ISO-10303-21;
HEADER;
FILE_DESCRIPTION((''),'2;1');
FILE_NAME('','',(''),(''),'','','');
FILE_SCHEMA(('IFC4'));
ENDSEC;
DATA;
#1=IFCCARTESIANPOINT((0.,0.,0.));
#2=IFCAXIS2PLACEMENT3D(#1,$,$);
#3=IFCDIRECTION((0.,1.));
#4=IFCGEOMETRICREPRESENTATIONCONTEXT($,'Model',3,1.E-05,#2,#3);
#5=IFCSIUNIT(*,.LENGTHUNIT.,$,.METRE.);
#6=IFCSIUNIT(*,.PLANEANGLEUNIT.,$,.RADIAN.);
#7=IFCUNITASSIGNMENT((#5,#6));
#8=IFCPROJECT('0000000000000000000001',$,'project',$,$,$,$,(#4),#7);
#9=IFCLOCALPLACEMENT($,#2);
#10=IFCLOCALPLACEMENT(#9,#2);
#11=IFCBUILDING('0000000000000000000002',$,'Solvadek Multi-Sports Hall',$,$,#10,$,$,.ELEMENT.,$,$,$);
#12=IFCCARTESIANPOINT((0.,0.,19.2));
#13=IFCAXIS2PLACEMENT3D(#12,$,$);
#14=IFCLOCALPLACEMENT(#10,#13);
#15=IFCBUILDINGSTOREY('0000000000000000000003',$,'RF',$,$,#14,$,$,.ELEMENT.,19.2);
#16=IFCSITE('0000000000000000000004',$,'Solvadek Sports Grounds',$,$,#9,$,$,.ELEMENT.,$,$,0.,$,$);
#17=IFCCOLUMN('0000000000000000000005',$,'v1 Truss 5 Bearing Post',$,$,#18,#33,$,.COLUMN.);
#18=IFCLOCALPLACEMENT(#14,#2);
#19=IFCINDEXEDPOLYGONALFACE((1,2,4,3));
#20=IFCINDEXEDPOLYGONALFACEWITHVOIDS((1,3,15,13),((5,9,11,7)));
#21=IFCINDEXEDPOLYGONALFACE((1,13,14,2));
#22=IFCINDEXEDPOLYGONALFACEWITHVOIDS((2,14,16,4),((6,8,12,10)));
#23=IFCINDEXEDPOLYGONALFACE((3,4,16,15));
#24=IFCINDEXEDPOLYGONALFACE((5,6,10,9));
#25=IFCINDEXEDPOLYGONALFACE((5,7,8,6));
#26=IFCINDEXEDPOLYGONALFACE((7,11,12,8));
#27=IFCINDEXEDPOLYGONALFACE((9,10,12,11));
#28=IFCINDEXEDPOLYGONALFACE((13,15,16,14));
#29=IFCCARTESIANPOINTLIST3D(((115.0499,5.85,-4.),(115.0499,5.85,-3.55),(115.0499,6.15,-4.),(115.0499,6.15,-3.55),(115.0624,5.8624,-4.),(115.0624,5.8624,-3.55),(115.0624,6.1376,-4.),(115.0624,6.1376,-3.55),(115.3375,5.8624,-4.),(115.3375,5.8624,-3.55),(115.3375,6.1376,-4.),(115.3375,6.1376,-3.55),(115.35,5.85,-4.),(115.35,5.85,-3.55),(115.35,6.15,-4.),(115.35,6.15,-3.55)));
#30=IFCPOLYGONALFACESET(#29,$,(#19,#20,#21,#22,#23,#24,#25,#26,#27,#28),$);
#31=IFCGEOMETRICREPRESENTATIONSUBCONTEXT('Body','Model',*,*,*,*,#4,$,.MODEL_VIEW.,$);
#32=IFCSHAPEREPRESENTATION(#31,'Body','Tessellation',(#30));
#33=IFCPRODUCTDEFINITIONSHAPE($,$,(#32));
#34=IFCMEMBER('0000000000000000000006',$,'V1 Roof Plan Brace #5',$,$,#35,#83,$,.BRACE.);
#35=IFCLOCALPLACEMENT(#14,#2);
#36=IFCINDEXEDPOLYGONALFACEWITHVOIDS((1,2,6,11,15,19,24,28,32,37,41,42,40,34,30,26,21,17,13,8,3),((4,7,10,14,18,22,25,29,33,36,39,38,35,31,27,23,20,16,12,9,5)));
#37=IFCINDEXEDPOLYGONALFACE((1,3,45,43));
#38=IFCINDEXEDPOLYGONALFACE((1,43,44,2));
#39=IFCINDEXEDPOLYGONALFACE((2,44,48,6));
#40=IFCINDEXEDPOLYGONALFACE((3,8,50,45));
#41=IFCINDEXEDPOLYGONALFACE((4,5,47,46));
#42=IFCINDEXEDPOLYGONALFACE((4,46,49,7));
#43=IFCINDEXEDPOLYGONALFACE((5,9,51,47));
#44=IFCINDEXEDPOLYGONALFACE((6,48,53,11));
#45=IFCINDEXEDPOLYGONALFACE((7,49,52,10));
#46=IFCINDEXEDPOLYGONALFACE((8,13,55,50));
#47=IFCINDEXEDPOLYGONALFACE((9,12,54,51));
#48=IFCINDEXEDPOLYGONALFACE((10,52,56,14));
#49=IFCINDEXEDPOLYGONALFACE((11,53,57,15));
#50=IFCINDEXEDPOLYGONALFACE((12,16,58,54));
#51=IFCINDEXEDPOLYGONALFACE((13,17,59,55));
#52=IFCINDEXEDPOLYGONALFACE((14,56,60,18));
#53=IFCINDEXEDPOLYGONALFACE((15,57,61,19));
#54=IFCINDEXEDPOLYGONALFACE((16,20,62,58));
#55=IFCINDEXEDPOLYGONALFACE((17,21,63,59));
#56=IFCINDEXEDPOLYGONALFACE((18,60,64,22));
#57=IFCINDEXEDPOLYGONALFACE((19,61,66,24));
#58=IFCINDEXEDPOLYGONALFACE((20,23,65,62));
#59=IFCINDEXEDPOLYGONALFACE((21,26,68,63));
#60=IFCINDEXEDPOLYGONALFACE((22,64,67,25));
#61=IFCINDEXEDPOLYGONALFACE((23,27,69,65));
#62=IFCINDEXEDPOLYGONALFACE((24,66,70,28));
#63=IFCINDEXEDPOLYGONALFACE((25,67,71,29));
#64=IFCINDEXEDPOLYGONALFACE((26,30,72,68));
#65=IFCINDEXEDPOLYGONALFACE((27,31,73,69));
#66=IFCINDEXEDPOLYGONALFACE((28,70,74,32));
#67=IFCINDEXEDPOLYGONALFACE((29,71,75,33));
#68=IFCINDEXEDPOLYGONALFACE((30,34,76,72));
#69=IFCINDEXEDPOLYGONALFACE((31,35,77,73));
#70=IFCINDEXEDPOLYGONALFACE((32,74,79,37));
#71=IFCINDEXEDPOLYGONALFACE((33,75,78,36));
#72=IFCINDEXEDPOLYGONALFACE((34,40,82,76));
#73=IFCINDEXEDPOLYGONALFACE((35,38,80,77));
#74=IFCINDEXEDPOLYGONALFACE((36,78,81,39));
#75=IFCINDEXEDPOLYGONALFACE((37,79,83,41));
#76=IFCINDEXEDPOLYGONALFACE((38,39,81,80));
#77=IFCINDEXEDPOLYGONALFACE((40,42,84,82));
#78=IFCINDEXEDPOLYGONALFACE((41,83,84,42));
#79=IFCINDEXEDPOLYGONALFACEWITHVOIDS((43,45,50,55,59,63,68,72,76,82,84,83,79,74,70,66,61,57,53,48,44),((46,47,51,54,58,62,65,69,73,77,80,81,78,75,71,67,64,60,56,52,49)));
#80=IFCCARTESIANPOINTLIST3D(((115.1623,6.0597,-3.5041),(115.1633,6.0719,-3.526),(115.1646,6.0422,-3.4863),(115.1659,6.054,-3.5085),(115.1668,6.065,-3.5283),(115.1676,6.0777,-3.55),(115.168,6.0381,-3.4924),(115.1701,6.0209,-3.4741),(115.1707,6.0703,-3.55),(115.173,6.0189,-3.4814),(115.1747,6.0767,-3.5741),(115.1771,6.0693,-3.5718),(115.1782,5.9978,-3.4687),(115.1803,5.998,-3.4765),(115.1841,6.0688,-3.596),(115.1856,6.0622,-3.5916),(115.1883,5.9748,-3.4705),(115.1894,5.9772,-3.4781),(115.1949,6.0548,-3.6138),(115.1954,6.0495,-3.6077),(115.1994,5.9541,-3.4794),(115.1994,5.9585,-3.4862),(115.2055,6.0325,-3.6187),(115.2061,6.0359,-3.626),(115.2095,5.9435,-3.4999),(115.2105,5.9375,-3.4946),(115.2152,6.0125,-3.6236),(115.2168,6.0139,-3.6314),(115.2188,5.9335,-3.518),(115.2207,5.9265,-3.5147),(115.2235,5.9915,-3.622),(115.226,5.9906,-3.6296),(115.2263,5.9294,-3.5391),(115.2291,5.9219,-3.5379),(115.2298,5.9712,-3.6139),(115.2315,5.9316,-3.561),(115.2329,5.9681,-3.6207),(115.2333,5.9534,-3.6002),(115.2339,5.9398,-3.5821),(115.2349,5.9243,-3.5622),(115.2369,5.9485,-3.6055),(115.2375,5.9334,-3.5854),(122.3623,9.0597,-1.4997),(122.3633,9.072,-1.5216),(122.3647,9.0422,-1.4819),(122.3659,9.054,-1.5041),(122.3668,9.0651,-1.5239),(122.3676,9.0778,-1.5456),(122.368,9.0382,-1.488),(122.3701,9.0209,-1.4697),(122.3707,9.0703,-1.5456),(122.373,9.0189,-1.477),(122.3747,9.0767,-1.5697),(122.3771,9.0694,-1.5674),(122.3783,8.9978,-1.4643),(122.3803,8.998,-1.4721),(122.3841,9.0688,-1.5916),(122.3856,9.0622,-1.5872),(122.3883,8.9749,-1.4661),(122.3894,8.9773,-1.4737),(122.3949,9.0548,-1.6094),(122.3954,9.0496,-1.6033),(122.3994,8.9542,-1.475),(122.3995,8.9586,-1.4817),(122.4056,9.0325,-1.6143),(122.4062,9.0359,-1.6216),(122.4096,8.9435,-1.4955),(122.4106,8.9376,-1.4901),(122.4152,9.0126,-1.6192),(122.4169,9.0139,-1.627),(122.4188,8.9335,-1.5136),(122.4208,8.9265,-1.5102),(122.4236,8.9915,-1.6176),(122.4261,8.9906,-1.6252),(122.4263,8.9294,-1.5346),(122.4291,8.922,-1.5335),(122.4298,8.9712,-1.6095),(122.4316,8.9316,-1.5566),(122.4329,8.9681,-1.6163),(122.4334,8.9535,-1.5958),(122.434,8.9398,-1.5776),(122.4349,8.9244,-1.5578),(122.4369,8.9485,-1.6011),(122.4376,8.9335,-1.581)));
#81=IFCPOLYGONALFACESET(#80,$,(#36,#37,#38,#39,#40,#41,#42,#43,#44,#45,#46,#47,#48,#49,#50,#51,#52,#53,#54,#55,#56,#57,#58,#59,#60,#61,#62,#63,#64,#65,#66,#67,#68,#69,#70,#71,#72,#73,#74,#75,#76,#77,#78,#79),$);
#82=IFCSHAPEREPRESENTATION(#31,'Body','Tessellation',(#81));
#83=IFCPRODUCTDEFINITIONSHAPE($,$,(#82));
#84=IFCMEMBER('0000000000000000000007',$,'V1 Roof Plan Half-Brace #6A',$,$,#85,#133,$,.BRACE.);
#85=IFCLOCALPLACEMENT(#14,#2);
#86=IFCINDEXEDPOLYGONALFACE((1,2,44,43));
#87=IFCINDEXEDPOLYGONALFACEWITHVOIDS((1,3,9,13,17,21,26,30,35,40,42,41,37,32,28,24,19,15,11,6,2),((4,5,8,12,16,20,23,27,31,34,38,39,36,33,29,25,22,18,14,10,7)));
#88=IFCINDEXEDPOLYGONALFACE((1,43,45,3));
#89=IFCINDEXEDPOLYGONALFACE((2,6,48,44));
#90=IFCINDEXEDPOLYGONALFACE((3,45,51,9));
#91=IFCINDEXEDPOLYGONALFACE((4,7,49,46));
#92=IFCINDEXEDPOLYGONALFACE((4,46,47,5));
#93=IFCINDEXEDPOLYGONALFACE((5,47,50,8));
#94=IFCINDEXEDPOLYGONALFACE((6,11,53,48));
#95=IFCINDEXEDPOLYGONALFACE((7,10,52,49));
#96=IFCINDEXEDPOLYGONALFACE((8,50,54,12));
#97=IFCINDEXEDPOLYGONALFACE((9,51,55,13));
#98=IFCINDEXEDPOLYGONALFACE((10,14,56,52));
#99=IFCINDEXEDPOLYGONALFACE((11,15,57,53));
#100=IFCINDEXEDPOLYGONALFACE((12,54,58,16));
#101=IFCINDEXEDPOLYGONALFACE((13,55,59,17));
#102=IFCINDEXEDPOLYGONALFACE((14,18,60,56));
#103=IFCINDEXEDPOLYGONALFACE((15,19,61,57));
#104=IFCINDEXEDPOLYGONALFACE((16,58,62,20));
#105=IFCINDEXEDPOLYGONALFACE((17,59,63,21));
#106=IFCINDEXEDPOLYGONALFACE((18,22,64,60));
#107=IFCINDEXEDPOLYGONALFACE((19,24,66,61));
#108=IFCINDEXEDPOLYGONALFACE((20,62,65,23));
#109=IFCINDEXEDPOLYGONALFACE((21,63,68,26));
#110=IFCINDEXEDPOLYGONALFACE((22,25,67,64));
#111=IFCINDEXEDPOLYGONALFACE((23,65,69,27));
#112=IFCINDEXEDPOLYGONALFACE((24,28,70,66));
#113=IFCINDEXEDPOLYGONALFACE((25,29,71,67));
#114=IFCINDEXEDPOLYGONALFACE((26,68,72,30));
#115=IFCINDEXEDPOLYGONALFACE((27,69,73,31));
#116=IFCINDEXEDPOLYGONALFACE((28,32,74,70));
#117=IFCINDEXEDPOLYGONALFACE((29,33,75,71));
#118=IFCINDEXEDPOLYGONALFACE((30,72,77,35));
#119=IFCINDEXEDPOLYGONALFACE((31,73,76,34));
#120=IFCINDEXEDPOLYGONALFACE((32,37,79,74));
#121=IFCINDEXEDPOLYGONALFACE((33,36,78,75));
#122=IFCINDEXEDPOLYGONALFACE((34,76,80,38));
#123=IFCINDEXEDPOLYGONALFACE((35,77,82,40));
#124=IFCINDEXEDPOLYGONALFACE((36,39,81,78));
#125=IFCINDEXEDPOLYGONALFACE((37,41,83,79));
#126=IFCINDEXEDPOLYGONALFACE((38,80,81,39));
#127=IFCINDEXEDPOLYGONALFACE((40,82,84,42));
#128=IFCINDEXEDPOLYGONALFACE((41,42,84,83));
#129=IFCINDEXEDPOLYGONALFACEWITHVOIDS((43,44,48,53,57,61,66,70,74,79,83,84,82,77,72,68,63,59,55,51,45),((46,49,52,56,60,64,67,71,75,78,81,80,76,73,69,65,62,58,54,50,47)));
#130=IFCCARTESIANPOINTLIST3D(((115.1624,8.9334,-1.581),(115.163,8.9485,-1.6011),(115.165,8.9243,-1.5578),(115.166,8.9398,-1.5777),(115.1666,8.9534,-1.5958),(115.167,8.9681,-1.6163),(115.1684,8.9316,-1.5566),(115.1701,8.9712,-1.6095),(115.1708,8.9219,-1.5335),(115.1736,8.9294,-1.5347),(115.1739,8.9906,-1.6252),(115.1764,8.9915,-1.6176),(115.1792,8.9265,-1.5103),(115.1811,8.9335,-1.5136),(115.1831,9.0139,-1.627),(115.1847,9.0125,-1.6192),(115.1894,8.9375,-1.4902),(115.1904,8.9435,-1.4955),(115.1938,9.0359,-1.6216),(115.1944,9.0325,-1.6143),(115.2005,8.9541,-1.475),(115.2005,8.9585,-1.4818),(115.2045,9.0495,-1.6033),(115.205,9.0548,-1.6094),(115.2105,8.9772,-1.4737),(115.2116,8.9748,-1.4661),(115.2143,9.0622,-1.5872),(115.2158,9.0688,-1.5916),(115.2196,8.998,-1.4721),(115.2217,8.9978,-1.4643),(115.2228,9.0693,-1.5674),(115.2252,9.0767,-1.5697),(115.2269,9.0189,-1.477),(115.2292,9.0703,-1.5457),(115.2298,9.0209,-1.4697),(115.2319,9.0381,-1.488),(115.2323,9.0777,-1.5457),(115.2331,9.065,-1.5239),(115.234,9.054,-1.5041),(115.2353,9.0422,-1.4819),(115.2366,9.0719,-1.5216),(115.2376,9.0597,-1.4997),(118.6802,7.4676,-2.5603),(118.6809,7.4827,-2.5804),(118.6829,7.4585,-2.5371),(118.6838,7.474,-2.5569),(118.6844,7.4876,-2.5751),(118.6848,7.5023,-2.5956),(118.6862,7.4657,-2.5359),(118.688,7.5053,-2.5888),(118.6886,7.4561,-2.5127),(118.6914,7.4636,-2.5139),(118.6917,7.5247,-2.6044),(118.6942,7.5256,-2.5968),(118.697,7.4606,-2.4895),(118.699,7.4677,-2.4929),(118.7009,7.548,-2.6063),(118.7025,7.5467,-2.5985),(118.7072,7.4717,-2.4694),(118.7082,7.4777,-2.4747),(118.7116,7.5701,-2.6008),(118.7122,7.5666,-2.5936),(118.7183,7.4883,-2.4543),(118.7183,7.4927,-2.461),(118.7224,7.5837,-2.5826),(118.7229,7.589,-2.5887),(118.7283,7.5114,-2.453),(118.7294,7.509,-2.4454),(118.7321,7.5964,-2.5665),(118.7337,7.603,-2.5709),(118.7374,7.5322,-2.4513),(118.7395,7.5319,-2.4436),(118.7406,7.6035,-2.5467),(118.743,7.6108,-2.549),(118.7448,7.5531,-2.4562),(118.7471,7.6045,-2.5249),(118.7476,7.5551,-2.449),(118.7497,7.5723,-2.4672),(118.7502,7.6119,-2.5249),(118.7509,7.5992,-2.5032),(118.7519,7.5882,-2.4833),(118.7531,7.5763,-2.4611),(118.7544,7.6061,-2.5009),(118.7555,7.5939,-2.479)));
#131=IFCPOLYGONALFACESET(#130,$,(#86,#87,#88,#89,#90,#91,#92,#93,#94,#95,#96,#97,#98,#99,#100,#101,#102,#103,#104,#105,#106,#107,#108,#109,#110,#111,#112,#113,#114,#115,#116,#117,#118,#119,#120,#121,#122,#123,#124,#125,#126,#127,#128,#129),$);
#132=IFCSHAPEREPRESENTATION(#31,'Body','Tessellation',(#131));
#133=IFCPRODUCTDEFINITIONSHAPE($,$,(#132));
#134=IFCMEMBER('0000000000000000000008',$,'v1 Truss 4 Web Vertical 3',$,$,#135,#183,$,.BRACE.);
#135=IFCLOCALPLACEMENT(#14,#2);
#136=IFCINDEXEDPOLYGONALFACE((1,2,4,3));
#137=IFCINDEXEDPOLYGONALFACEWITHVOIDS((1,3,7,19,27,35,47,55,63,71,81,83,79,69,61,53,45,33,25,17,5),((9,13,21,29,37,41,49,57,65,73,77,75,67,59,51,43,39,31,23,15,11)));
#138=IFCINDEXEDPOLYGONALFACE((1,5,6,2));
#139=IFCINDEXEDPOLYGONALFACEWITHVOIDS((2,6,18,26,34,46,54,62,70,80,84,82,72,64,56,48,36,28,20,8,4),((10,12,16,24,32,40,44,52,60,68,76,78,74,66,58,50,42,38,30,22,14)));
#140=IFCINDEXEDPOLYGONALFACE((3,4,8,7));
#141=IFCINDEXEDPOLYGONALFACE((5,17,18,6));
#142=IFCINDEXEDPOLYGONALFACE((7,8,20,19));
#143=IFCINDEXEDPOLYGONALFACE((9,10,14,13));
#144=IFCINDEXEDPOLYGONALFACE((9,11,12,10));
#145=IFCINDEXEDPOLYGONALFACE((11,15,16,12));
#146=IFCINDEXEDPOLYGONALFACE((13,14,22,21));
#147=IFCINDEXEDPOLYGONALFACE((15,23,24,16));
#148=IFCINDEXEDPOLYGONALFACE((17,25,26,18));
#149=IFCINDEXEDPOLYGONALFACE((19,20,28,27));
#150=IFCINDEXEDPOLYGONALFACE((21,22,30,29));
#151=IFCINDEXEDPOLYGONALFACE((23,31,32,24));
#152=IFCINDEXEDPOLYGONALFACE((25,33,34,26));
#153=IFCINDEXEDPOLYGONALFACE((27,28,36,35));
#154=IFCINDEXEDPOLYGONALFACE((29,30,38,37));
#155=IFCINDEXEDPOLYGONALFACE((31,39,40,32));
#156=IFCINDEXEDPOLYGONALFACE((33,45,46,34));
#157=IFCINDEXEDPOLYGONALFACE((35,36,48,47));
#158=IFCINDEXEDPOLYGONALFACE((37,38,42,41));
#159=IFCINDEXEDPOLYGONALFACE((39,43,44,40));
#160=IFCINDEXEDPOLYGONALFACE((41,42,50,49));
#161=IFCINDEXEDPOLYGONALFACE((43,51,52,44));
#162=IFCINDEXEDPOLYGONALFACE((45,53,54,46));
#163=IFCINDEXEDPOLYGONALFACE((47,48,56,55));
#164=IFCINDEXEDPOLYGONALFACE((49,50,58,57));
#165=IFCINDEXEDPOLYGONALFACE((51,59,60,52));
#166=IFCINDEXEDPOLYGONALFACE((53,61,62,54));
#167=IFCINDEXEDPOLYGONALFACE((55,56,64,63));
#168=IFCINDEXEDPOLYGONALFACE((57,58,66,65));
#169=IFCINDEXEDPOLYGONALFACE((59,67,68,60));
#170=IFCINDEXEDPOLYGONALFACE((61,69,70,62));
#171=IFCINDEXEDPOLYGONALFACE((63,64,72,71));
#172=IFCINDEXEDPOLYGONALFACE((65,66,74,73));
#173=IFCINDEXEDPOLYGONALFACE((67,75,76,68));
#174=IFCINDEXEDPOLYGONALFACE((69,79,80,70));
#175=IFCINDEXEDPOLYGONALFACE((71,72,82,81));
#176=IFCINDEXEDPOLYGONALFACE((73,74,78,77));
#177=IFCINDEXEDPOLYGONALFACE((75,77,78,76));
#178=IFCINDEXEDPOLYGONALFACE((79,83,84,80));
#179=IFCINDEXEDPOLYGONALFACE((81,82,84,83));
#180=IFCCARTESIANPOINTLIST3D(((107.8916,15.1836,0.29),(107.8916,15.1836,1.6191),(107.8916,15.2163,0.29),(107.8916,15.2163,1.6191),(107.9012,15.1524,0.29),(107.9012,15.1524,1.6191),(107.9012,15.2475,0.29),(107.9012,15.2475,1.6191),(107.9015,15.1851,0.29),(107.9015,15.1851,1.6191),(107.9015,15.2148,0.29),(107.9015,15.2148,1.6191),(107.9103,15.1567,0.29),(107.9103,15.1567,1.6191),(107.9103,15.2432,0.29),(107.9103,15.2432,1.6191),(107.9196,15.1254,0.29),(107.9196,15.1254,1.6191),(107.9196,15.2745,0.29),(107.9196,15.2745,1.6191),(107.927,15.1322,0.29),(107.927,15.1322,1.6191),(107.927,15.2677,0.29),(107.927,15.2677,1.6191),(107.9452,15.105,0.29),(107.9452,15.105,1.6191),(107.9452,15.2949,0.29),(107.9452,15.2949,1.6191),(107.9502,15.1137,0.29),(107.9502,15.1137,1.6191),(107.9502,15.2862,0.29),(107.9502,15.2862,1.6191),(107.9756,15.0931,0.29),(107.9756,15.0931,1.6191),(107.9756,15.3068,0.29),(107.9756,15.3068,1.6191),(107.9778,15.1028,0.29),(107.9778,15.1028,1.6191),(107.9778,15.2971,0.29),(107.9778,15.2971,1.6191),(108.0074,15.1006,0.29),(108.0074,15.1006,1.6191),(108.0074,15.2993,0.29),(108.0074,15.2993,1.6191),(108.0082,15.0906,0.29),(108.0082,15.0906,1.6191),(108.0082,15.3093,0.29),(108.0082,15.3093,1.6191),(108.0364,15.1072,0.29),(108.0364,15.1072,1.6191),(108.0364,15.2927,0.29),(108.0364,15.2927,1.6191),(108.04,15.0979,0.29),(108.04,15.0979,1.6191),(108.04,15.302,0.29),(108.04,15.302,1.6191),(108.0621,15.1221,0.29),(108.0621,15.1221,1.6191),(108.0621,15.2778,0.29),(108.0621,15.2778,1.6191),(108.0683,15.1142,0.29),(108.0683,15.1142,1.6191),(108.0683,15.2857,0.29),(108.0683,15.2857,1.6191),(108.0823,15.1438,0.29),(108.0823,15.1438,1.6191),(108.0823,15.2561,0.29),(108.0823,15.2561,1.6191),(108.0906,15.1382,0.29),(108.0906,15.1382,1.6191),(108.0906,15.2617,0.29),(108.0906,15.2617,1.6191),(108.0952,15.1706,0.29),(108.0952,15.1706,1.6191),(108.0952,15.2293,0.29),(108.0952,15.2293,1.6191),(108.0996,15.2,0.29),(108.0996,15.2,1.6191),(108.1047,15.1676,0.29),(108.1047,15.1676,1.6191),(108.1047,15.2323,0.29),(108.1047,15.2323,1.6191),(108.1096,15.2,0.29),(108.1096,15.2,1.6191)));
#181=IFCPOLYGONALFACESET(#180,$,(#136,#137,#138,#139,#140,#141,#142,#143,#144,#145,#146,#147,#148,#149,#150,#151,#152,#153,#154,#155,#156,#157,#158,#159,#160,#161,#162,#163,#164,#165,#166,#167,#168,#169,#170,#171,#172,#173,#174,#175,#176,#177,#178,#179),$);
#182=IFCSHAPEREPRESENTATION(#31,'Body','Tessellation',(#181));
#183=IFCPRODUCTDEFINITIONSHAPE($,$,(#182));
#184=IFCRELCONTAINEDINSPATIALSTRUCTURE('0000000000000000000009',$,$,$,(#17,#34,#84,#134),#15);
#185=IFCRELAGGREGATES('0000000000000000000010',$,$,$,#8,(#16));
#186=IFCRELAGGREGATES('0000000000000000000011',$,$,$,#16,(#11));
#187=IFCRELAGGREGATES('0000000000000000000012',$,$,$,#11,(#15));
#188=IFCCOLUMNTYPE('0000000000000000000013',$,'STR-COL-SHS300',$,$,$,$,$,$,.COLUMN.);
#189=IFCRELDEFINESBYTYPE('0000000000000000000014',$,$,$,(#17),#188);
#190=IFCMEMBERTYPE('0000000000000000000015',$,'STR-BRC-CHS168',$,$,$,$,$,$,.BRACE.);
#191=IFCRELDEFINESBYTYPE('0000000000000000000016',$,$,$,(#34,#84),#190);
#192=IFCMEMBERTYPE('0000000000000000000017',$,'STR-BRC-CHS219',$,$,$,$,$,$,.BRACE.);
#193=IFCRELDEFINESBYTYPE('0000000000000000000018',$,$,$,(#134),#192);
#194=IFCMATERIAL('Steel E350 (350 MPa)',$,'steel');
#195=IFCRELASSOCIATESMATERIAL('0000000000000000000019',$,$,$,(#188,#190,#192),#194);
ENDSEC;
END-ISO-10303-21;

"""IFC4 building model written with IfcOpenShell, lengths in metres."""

from ifc_helpers import new_model, si_unit, direction, frame, origin, origin_2d, place, context, subcontext, project, spatial, hollow_rectangle, hollow_circle, extrude, material, material_profile, profile_set, type_object, element, save


model = new_model("IFC4")

# Units and contexts
model_context = context("Model", 3, precision=1e-05, world=origin(), true_north=direction((0.0, 1.0)))
body_context = subcontext(model_context, "Body", "Model", "MODEL_VIEW")
ifc_project = project(units=[si_unit("LENGTHUNIT", "METRE"), si_unit("PLANEANGLEUNIT", "RADIAN")], contexts=[model_context])

# Site, building, storey
site_placement = place(None, origin())
site = spatial("IfcSite", under=ifc_project, at=site_placement, Name="Solvadek Sports Grounds", CompositionType="ELEMENT", RefElevation=0.0)
building_placement = place(site_placement, origin())
building = spatial("IfcBuilding", under=site, at=building_placement, Name="Solvadek Multi-Sports Hall", CompositionType="ELEMENT")
storey_placement = place(building_placement, frame((0.0, 0.0, 19.2)))
storey = spatial("IfcBuildingStorey", under=building, at=storey_placement, Name="RF", CompositionType="ELEMENT", Elevation=19.2)

# Column
ifc_material_1 = material(Name="Steel E350 (350 MPa)", Category="steel")
ifc_material_profile_1 = material_profile(ifc_material_1, hollow_rectangle(XDim=0.3, YDim=0.3, WallThickness=0.0125, at=origin_2d()), Name="SHS 300x300x12.5")
ifc_profile_set_1 = profile_set([ifc_material_profile_1], Name="Steel E350 (350 MPa)")
column_type = type_object("IfcColumnType", Name="STR-COL-SHS300", PredefinedType="COLUMN", material=ifc_profile_set_1)
column_placement = place(storey_placement, frame((115.2, 6.0, -4.0), z_axis=(0.0, 0.0, 1.0), x_axis=(1.0, 0.0, 0.0)))
element("IfcColumn", 1, at=column_placement, inside=storey, type_object=column_type, Name="v1 Truss 5 Bearing Post", PredefinedType="COLUMN", context=body_context, shape_type="SweptSolid", body=[
    extrude(hollow_rectangle(XDim=0.3, YDim=0.3, WallThickness=0.0125, at=origin_2d()), origin(), (0.0, 0.0, 1.0), 0.45),
])

# Members
ifc_material_profile_2 = material_profile(ifc_material_1, hollow_circle(Radius=0.0842, WallThickness=0.0081, at=origin_2d()), Name="CHS 168.3x8")
ifc_profile_set_2 = profile_set([ifc_material_profile_2], Name="Steel E350 (350 MPa)")
member_type_1 = type_object("IfcMemberType", Name="STR-BRC-CHS168", PredefinedType="BRACE", material=ifc_profile_set_2)
member_1_placement = place(storey_placement, frame((115.2, 6.0, -3.55), z_axis=(0.894029, 0.372514, 0.248889), x_axis=(-0.384618, 0.923076, 0.0)))
element("IfcMember", 2, at=member_1_placement, inside=storey, type_object=member_type_1, Name="V1 Roof Plan Brace #5", PredefinedType="BRACE", context=body_context, shape_type="SweptSolid", body=[
    extrude(hollow_circle(Radius=0.0842, WallThickness=0.0081, at=origin_2d()), origin(), (0.0, 0.0, 1.0), 8.0535),
])
member_2_placement = place(storey_placement, frame((115.2, 9.0, -1.5457), z_axis=(0.894029, -0.372528, -0.248869), x_axis=(0.384629, 0.923071, 0.0)))
element("IfcMember", 3, at=member_2_placement, inside=storey, type_object=member_type_1, Name="V1 Roof Plan Half-Brace #6A", PredefinedType="BRACE", context=body_context, shape_type="SweptSolid", body=[
    extrude(hollow_circle(Radius=0.0842, WallThickness=0.0081, at=origin_2d()), origin(), (0.0, 0.0, 1.0), 3.9348),
])
ifc_material_profile_3 = material_profile(ifc_material_1, hollow_circle(Radius=0.1096, WallThickness=0.01, at=origin_2d()), Name="CHS 219.1x10")
ifc_profile_set_3 = profile_set([ifc_material_profile_3], Name="Steel E350 (350 MPa)")
member_type_2 = type_object("IfcMemberType", Name="STR-BRC-CHS219", PredefinedType="BRACE", material=ifc_profile_set_3)
member_3_placement = place(storey_placement, frame((108.0, 15.2, 0.29), z_axis=(0.0, 0.0, 1.0), x_axis=(1.0, 0.0, 0.0)))
element("IfcMember", 4, at=member_3_placement, inside=storey, type_object=member_type_2, Name="v1 Truss 4 Web Vertical 3", PredefinedType="BRACE", context=body_context, shape_type="SweptSolid", body=[
    extrude(hollow_circle(Radius=0.1096, WallThickness=0.01, at=origin_2d()), origin(), (0.0, 0.0, 1.0), 1.3291),
])

save(model, "model.ifc")
